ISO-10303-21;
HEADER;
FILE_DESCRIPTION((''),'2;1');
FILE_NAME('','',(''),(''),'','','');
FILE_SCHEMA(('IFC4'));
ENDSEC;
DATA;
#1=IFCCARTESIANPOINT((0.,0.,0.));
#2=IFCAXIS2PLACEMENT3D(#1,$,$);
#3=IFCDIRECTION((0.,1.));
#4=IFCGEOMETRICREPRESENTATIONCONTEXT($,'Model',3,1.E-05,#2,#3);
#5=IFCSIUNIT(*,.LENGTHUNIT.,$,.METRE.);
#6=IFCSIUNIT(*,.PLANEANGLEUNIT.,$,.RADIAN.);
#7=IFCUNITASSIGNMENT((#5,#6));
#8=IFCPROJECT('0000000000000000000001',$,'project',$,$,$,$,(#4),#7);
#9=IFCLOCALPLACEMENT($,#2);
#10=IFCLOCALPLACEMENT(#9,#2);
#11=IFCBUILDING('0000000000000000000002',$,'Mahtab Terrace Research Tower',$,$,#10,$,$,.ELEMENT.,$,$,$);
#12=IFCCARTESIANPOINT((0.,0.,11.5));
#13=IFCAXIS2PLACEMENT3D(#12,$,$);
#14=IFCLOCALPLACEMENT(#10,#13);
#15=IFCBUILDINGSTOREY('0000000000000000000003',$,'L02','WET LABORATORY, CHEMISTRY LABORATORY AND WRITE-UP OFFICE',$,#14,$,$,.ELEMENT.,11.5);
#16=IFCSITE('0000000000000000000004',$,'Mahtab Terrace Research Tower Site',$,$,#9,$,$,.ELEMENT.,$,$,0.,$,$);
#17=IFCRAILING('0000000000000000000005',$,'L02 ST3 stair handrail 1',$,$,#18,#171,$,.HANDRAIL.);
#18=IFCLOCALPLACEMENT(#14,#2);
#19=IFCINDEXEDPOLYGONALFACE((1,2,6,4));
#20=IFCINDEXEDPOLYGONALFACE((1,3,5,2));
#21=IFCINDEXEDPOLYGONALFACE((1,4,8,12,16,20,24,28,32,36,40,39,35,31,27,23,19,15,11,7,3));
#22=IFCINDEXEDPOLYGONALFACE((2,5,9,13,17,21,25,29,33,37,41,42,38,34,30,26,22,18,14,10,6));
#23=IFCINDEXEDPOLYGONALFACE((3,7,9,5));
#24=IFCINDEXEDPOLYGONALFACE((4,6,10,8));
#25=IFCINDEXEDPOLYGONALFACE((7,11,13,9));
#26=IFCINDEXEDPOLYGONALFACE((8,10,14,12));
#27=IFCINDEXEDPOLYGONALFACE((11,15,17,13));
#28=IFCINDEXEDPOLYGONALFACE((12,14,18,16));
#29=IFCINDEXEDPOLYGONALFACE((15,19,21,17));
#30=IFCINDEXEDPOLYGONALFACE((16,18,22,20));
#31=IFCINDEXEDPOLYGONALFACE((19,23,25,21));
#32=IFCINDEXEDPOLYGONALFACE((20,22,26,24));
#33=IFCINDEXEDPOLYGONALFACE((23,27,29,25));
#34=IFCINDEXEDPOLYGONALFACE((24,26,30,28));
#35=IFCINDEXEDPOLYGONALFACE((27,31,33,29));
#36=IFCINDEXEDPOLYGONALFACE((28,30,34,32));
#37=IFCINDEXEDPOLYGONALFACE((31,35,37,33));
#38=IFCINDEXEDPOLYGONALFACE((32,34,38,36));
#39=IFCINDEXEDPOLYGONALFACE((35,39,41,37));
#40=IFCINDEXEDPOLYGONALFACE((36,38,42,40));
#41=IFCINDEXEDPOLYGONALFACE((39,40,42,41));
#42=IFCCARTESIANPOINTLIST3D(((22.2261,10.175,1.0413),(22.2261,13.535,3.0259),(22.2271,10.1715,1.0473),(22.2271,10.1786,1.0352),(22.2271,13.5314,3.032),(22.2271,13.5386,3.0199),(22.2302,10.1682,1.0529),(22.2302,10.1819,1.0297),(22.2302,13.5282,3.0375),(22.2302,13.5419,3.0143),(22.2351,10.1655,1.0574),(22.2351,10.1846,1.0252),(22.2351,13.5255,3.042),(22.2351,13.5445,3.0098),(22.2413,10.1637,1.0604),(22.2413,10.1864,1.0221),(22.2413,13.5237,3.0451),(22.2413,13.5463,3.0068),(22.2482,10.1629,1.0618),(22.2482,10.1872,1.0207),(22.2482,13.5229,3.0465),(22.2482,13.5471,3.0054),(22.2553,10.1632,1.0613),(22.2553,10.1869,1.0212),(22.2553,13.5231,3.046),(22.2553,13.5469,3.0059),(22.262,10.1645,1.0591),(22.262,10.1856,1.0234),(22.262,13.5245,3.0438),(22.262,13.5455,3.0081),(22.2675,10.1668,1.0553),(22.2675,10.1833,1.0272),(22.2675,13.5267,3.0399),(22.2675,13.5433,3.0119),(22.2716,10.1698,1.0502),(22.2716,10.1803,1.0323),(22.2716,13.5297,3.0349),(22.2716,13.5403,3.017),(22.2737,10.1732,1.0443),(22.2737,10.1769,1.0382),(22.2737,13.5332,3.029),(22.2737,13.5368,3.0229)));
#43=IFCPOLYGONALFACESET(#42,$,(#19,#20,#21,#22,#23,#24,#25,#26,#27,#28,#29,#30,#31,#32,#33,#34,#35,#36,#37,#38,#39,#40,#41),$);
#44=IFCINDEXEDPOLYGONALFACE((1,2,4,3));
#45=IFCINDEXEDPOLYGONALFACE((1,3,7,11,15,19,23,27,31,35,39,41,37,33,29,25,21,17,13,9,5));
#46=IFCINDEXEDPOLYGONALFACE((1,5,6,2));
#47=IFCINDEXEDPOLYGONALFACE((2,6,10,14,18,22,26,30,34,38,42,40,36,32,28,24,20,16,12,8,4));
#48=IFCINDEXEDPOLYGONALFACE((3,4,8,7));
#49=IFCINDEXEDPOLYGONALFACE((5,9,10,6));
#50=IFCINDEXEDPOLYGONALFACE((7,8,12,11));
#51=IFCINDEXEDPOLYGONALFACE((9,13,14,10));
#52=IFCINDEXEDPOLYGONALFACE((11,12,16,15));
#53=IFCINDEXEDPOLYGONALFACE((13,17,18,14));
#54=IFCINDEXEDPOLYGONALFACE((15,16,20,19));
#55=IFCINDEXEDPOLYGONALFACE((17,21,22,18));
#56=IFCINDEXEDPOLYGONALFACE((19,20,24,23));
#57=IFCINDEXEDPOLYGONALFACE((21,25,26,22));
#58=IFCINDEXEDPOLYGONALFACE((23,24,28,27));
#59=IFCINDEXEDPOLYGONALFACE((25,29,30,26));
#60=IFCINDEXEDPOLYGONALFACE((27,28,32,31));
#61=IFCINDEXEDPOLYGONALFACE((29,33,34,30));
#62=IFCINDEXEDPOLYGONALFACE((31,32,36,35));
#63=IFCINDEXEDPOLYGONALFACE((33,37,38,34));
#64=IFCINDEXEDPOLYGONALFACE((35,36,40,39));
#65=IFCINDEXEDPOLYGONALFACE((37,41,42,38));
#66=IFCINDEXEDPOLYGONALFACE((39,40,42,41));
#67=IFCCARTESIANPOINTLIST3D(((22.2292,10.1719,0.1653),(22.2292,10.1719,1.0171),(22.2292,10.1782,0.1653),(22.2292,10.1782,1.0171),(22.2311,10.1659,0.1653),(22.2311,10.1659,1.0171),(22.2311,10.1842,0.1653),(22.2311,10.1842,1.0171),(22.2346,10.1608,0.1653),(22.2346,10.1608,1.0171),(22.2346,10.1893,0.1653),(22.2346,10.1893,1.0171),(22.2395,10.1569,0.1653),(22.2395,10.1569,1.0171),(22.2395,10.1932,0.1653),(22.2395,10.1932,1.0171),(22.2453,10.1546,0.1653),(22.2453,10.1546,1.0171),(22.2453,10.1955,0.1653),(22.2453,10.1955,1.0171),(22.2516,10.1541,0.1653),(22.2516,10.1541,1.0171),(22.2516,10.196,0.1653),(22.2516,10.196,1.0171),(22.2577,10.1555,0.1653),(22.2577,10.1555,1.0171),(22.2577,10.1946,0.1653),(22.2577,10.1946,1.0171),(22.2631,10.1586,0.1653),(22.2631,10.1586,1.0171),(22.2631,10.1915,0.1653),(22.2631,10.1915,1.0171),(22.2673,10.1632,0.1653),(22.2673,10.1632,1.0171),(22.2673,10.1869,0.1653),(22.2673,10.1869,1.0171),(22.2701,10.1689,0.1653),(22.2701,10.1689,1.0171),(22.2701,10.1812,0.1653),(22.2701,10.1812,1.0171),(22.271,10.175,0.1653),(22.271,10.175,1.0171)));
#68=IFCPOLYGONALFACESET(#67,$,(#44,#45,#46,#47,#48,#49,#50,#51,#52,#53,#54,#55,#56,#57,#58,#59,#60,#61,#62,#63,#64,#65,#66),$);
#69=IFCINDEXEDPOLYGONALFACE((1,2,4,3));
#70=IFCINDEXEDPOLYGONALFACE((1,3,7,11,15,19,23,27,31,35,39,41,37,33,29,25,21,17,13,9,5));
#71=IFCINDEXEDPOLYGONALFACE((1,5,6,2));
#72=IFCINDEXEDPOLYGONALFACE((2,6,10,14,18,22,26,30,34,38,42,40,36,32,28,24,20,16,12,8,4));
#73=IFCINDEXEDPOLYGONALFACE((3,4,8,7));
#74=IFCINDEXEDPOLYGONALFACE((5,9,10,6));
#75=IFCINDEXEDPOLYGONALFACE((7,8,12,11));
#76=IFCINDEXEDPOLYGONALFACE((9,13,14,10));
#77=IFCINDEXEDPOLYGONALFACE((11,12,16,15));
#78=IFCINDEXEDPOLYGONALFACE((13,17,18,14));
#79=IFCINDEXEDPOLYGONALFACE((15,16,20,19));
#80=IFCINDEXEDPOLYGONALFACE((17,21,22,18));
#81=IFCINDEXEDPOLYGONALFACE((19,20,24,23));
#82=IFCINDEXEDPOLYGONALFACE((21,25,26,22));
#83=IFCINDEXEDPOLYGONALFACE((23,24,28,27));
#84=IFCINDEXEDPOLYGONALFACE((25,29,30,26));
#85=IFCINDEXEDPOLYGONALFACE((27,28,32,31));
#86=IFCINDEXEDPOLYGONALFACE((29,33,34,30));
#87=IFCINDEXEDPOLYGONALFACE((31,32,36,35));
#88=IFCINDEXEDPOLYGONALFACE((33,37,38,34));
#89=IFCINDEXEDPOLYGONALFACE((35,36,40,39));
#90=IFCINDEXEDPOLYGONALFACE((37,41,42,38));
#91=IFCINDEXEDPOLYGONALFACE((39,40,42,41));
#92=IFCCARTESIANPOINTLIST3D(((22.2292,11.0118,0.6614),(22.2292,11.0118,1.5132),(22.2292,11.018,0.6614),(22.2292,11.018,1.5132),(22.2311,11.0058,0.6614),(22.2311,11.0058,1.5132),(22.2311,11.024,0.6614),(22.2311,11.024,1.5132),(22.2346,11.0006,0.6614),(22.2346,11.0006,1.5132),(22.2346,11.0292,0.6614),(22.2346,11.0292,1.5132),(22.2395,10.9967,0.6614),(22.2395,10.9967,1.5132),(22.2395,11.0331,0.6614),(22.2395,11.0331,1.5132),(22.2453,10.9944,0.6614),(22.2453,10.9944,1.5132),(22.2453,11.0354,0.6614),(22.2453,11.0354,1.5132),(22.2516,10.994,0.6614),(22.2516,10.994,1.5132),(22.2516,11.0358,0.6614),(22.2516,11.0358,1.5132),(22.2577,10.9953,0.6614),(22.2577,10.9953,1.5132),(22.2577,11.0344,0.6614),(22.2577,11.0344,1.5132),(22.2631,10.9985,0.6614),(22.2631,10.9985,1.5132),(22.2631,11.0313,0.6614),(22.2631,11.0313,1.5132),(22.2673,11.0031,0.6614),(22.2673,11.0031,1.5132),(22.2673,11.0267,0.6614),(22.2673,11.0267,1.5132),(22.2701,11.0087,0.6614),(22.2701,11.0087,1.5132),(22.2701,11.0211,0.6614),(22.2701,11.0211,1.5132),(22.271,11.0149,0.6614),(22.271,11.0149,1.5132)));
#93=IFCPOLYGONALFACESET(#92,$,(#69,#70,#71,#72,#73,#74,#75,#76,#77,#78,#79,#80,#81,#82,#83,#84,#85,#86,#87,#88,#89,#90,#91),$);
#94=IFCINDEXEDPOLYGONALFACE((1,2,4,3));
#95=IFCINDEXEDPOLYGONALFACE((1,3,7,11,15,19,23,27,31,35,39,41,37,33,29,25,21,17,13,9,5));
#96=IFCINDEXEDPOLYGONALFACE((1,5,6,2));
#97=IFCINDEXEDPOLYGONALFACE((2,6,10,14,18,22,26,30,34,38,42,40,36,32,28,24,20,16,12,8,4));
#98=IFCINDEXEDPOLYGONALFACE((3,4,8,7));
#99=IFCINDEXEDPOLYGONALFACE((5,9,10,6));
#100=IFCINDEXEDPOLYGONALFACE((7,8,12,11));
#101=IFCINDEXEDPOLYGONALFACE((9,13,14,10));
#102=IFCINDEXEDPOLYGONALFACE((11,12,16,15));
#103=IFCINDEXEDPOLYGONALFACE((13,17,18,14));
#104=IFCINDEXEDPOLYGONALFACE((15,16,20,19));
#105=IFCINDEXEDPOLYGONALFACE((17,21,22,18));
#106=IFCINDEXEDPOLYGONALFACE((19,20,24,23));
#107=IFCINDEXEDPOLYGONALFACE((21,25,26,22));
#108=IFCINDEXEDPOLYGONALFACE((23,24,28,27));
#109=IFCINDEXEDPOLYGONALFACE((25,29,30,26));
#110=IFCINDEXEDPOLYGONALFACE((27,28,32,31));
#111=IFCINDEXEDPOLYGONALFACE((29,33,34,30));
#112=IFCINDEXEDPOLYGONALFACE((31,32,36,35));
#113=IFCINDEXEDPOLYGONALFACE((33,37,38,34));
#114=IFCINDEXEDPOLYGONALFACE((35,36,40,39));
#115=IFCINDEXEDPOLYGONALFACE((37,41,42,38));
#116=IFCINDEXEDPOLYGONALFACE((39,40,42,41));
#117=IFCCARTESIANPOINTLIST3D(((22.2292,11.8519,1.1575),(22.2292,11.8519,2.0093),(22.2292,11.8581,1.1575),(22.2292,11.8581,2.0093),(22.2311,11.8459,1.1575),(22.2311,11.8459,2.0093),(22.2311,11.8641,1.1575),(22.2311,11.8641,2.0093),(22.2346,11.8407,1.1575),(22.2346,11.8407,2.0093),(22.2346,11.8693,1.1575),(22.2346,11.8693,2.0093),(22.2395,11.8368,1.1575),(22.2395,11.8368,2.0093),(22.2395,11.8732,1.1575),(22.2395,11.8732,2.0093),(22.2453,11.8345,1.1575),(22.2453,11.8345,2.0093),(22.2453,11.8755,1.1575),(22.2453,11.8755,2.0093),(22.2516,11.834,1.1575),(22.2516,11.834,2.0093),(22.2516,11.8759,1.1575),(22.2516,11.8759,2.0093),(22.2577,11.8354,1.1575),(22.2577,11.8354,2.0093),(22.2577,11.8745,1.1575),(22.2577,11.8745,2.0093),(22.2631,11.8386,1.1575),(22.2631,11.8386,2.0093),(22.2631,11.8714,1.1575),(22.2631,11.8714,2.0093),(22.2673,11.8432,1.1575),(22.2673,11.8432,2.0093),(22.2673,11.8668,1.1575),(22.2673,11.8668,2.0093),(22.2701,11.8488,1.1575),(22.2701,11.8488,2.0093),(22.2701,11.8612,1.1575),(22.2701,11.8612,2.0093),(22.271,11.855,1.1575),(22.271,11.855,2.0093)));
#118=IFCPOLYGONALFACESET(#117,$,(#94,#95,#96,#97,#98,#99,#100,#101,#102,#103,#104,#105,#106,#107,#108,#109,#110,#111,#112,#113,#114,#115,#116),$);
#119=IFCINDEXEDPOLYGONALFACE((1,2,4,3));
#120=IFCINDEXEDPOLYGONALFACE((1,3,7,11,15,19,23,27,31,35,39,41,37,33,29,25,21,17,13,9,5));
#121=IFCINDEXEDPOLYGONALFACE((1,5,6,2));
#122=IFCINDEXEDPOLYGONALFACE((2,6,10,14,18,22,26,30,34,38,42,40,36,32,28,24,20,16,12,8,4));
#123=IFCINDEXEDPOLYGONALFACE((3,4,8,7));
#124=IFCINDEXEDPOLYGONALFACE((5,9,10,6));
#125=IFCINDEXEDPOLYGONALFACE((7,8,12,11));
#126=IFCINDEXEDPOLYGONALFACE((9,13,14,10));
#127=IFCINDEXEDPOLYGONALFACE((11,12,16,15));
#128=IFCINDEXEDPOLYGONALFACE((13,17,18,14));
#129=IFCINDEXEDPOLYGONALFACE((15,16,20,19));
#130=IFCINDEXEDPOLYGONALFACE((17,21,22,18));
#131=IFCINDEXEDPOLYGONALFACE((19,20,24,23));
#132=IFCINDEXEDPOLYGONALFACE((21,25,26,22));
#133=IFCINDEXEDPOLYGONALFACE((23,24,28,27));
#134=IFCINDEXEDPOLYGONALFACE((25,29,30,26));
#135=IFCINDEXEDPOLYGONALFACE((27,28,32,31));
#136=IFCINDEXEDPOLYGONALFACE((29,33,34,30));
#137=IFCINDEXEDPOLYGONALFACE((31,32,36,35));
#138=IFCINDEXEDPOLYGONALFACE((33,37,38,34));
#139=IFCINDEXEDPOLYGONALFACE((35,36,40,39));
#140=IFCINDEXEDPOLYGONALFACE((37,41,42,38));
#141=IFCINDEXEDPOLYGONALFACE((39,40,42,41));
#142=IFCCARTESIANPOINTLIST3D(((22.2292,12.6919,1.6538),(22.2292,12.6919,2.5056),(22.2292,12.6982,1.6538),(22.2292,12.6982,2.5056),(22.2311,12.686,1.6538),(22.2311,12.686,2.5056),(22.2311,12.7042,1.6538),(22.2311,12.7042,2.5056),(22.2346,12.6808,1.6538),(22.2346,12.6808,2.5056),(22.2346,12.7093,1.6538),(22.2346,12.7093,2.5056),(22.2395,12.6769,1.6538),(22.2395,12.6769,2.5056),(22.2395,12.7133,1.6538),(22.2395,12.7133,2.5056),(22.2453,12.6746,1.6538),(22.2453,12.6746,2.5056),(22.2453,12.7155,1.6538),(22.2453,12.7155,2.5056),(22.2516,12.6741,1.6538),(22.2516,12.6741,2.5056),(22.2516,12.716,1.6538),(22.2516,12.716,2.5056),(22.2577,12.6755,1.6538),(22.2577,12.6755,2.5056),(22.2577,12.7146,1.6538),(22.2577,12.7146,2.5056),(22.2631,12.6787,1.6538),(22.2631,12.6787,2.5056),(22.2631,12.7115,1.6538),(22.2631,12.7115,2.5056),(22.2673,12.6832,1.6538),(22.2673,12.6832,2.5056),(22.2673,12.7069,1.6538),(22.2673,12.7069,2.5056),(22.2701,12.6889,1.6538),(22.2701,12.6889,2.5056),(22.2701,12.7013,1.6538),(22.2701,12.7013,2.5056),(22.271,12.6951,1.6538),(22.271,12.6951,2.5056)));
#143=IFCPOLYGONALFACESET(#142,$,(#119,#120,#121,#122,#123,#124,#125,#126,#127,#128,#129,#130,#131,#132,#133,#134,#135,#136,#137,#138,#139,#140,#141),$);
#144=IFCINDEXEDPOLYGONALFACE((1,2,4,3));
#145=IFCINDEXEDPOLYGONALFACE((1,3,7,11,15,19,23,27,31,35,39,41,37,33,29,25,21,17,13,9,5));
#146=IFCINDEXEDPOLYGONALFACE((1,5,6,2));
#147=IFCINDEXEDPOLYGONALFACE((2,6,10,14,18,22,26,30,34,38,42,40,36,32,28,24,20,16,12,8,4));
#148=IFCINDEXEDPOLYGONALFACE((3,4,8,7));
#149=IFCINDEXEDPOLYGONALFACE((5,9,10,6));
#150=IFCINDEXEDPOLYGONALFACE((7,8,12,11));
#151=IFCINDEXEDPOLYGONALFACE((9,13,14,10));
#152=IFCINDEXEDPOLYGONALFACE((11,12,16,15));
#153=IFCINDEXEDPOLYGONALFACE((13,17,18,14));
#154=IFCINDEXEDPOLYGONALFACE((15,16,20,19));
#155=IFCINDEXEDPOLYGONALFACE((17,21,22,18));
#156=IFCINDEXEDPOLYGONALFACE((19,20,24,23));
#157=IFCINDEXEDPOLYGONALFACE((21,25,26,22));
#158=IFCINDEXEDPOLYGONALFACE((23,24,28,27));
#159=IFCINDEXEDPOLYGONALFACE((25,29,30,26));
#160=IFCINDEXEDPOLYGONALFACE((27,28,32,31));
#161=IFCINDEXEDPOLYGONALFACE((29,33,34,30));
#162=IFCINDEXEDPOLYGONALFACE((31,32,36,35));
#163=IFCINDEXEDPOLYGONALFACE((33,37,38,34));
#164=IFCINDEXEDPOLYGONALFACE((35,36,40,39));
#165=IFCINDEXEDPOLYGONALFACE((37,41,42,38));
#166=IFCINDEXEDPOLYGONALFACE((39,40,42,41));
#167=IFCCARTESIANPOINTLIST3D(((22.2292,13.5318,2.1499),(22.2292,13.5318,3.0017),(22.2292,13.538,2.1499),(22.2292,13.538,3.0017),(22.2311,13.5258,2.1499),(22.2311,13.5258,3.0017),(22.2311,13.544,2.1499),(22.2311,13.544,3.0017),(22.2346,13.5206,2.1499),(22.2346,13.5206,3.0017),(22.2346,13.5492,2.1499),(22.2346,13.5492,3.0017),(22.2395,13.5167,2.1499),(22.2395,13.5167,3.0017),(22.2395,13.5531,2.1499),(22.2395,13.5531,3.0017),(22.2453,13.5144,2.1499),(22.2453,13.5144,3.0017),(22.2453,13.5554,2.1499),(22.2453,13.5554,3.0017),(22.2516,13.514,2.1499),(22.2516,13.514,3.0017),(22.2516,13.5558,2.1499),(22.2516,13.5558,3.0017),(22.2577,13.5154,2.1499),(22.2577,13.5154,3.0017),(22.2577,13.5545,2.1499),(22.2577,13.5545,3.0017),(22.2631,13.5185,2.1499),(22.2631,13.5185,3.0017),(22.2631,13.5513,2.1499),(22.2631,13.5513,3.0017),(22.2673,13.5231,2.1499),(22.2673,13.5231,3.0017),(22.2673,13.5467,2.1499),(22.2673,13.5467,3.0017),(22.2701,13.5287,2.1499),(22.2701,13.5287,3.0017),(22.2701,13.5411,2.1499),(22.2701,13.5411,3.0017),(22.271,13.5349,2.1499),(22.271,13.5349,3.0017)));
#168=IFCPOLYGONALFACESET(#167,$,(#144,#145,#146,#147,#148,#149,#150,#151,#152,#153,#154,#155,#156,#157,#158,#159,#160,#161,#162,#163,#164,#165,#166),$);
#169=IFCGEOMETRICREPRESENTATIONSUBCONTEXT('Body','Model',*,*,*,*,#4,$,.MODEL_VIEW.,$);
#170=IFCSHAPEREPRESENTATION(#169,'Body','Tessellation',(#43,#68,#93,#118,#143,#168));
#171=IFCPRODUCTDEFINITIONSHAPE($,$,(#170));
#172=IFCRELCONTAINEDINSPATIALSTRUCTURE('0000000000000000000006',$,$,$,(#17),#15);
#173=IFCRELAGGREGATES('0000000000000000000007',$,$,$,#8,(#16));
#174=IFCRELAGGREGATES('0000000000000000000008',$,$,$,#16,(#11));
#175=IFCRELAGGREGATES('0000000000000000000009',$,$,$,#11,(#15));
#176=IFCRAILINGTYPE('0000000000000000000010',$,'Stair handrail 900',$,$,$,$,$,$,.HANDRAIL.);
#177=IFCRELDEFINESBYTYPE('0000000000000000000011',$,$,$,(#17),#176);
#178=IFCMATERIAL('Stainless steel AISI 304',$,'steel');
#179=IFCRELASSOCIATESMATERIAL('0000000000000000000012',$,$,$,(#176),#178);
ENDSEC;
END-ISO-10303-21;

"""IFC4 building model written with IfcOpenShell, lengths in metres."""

from ifc_helpers import new_model, si_unit, direction, frame, origin, origin_2d, place, context, subcontext, project, spatial, circle, extrude, material, type_object, element, save


model = new_model("IFC4")

# Units and contexts
model_context = context("Model", 3, precision=1e-05, world=origin(), true_north=direction((0.0, 1.0)))
body_context = subcontext(model_context, "Body", "Model", "MODEL_VIEW")
ifc_project = project(units=[si_unit("LENGTHUNIT", "METRE"), si_unit("PLANEANGLEUNIT", "RADIAN")], contexts=[model_context])

# Site, building, storey
site_placement = place(None, origin())
site = spatial("IfcSite", under=ifc_project, at=site_placement, Name="Mahtab Terrace Research Tower Site", CompositionType="ELEMENT", RefElevation=0.0)
building_placement = place(site_placement, origin())
building = spatial("IfcBuilding", under=site, at=building_placement, Name="Mahtab Terrace Research Tower", CompositionType="ELEMENT")
storey_placement = place(building_placement, frame((0.0, 0.0, 11.5)))
storey = spatial("IfcBuildingStorey", under=building, at=storey_placement, Name="L02", Description="WET LABORATORY, CHEMISTRY LABORATORY AND WRITE-UP OFFICE", CompositionType="ELEMENT", Elevation=11.5)

# Railing
ifc_material_1 = material(Name="Stainless steel AISI 304", Category="steel")
railing_type_1 = type_object("IfcRailingType", Name="Stair handrail 900", PredefinedType="HANDRAIL", material=ifc_material_1)
railing_1_placement = place(storey_placement, frame((22.25, 10.175, 0.1653)))
element("IfcRailing", 1, at=railing_1_placement, inside=storey, type_object=railing_type_1, Name="L02 ST3 stair handrail 1", PredefinedType="HANDRAIL", context=body_context, shape_type="SweptSolid", body=[
    extrude(circle(Radius=0.0239, at=origin_2d()), frame((0.0, 0.0, 0.876), z_axis=(0.0, 0.861011, 0.508586), x_axis=(-1.0, 0.0, 0.0)), (0.0, 0.0, 1.0), 3.9023),
    extrude(circle(Radius=0.021, at=origin_2d()), origin(), (0.0, 0.0, 1.0), 0.8518),
    extrude(circle(Radius=0.021, at=origin_2d()), frame((0.0, 0.8398, 0.4961)), (0.0, 0.0, 1.0), 0.8518),
    extrude(circle(Radius=0.021, at=origin_2d()), frame((0.0, 1.6799, 0.9922)), (0.0, 0.0, 1.0), 0.8518),
    extrude(circle(Radius=0.021, at=origin_2d()), frame((0.0, 2.52, 1.4885)), (0.0, 0.0, 1.0), 0.8518),
    extrude(circle(Radius=0.021, at=origin_2d()), frame((0.0, 3.3599, 1.9846)), (0.0, 0.0, 1.0), 0.8518),
])

save(model, "model.ifc")
